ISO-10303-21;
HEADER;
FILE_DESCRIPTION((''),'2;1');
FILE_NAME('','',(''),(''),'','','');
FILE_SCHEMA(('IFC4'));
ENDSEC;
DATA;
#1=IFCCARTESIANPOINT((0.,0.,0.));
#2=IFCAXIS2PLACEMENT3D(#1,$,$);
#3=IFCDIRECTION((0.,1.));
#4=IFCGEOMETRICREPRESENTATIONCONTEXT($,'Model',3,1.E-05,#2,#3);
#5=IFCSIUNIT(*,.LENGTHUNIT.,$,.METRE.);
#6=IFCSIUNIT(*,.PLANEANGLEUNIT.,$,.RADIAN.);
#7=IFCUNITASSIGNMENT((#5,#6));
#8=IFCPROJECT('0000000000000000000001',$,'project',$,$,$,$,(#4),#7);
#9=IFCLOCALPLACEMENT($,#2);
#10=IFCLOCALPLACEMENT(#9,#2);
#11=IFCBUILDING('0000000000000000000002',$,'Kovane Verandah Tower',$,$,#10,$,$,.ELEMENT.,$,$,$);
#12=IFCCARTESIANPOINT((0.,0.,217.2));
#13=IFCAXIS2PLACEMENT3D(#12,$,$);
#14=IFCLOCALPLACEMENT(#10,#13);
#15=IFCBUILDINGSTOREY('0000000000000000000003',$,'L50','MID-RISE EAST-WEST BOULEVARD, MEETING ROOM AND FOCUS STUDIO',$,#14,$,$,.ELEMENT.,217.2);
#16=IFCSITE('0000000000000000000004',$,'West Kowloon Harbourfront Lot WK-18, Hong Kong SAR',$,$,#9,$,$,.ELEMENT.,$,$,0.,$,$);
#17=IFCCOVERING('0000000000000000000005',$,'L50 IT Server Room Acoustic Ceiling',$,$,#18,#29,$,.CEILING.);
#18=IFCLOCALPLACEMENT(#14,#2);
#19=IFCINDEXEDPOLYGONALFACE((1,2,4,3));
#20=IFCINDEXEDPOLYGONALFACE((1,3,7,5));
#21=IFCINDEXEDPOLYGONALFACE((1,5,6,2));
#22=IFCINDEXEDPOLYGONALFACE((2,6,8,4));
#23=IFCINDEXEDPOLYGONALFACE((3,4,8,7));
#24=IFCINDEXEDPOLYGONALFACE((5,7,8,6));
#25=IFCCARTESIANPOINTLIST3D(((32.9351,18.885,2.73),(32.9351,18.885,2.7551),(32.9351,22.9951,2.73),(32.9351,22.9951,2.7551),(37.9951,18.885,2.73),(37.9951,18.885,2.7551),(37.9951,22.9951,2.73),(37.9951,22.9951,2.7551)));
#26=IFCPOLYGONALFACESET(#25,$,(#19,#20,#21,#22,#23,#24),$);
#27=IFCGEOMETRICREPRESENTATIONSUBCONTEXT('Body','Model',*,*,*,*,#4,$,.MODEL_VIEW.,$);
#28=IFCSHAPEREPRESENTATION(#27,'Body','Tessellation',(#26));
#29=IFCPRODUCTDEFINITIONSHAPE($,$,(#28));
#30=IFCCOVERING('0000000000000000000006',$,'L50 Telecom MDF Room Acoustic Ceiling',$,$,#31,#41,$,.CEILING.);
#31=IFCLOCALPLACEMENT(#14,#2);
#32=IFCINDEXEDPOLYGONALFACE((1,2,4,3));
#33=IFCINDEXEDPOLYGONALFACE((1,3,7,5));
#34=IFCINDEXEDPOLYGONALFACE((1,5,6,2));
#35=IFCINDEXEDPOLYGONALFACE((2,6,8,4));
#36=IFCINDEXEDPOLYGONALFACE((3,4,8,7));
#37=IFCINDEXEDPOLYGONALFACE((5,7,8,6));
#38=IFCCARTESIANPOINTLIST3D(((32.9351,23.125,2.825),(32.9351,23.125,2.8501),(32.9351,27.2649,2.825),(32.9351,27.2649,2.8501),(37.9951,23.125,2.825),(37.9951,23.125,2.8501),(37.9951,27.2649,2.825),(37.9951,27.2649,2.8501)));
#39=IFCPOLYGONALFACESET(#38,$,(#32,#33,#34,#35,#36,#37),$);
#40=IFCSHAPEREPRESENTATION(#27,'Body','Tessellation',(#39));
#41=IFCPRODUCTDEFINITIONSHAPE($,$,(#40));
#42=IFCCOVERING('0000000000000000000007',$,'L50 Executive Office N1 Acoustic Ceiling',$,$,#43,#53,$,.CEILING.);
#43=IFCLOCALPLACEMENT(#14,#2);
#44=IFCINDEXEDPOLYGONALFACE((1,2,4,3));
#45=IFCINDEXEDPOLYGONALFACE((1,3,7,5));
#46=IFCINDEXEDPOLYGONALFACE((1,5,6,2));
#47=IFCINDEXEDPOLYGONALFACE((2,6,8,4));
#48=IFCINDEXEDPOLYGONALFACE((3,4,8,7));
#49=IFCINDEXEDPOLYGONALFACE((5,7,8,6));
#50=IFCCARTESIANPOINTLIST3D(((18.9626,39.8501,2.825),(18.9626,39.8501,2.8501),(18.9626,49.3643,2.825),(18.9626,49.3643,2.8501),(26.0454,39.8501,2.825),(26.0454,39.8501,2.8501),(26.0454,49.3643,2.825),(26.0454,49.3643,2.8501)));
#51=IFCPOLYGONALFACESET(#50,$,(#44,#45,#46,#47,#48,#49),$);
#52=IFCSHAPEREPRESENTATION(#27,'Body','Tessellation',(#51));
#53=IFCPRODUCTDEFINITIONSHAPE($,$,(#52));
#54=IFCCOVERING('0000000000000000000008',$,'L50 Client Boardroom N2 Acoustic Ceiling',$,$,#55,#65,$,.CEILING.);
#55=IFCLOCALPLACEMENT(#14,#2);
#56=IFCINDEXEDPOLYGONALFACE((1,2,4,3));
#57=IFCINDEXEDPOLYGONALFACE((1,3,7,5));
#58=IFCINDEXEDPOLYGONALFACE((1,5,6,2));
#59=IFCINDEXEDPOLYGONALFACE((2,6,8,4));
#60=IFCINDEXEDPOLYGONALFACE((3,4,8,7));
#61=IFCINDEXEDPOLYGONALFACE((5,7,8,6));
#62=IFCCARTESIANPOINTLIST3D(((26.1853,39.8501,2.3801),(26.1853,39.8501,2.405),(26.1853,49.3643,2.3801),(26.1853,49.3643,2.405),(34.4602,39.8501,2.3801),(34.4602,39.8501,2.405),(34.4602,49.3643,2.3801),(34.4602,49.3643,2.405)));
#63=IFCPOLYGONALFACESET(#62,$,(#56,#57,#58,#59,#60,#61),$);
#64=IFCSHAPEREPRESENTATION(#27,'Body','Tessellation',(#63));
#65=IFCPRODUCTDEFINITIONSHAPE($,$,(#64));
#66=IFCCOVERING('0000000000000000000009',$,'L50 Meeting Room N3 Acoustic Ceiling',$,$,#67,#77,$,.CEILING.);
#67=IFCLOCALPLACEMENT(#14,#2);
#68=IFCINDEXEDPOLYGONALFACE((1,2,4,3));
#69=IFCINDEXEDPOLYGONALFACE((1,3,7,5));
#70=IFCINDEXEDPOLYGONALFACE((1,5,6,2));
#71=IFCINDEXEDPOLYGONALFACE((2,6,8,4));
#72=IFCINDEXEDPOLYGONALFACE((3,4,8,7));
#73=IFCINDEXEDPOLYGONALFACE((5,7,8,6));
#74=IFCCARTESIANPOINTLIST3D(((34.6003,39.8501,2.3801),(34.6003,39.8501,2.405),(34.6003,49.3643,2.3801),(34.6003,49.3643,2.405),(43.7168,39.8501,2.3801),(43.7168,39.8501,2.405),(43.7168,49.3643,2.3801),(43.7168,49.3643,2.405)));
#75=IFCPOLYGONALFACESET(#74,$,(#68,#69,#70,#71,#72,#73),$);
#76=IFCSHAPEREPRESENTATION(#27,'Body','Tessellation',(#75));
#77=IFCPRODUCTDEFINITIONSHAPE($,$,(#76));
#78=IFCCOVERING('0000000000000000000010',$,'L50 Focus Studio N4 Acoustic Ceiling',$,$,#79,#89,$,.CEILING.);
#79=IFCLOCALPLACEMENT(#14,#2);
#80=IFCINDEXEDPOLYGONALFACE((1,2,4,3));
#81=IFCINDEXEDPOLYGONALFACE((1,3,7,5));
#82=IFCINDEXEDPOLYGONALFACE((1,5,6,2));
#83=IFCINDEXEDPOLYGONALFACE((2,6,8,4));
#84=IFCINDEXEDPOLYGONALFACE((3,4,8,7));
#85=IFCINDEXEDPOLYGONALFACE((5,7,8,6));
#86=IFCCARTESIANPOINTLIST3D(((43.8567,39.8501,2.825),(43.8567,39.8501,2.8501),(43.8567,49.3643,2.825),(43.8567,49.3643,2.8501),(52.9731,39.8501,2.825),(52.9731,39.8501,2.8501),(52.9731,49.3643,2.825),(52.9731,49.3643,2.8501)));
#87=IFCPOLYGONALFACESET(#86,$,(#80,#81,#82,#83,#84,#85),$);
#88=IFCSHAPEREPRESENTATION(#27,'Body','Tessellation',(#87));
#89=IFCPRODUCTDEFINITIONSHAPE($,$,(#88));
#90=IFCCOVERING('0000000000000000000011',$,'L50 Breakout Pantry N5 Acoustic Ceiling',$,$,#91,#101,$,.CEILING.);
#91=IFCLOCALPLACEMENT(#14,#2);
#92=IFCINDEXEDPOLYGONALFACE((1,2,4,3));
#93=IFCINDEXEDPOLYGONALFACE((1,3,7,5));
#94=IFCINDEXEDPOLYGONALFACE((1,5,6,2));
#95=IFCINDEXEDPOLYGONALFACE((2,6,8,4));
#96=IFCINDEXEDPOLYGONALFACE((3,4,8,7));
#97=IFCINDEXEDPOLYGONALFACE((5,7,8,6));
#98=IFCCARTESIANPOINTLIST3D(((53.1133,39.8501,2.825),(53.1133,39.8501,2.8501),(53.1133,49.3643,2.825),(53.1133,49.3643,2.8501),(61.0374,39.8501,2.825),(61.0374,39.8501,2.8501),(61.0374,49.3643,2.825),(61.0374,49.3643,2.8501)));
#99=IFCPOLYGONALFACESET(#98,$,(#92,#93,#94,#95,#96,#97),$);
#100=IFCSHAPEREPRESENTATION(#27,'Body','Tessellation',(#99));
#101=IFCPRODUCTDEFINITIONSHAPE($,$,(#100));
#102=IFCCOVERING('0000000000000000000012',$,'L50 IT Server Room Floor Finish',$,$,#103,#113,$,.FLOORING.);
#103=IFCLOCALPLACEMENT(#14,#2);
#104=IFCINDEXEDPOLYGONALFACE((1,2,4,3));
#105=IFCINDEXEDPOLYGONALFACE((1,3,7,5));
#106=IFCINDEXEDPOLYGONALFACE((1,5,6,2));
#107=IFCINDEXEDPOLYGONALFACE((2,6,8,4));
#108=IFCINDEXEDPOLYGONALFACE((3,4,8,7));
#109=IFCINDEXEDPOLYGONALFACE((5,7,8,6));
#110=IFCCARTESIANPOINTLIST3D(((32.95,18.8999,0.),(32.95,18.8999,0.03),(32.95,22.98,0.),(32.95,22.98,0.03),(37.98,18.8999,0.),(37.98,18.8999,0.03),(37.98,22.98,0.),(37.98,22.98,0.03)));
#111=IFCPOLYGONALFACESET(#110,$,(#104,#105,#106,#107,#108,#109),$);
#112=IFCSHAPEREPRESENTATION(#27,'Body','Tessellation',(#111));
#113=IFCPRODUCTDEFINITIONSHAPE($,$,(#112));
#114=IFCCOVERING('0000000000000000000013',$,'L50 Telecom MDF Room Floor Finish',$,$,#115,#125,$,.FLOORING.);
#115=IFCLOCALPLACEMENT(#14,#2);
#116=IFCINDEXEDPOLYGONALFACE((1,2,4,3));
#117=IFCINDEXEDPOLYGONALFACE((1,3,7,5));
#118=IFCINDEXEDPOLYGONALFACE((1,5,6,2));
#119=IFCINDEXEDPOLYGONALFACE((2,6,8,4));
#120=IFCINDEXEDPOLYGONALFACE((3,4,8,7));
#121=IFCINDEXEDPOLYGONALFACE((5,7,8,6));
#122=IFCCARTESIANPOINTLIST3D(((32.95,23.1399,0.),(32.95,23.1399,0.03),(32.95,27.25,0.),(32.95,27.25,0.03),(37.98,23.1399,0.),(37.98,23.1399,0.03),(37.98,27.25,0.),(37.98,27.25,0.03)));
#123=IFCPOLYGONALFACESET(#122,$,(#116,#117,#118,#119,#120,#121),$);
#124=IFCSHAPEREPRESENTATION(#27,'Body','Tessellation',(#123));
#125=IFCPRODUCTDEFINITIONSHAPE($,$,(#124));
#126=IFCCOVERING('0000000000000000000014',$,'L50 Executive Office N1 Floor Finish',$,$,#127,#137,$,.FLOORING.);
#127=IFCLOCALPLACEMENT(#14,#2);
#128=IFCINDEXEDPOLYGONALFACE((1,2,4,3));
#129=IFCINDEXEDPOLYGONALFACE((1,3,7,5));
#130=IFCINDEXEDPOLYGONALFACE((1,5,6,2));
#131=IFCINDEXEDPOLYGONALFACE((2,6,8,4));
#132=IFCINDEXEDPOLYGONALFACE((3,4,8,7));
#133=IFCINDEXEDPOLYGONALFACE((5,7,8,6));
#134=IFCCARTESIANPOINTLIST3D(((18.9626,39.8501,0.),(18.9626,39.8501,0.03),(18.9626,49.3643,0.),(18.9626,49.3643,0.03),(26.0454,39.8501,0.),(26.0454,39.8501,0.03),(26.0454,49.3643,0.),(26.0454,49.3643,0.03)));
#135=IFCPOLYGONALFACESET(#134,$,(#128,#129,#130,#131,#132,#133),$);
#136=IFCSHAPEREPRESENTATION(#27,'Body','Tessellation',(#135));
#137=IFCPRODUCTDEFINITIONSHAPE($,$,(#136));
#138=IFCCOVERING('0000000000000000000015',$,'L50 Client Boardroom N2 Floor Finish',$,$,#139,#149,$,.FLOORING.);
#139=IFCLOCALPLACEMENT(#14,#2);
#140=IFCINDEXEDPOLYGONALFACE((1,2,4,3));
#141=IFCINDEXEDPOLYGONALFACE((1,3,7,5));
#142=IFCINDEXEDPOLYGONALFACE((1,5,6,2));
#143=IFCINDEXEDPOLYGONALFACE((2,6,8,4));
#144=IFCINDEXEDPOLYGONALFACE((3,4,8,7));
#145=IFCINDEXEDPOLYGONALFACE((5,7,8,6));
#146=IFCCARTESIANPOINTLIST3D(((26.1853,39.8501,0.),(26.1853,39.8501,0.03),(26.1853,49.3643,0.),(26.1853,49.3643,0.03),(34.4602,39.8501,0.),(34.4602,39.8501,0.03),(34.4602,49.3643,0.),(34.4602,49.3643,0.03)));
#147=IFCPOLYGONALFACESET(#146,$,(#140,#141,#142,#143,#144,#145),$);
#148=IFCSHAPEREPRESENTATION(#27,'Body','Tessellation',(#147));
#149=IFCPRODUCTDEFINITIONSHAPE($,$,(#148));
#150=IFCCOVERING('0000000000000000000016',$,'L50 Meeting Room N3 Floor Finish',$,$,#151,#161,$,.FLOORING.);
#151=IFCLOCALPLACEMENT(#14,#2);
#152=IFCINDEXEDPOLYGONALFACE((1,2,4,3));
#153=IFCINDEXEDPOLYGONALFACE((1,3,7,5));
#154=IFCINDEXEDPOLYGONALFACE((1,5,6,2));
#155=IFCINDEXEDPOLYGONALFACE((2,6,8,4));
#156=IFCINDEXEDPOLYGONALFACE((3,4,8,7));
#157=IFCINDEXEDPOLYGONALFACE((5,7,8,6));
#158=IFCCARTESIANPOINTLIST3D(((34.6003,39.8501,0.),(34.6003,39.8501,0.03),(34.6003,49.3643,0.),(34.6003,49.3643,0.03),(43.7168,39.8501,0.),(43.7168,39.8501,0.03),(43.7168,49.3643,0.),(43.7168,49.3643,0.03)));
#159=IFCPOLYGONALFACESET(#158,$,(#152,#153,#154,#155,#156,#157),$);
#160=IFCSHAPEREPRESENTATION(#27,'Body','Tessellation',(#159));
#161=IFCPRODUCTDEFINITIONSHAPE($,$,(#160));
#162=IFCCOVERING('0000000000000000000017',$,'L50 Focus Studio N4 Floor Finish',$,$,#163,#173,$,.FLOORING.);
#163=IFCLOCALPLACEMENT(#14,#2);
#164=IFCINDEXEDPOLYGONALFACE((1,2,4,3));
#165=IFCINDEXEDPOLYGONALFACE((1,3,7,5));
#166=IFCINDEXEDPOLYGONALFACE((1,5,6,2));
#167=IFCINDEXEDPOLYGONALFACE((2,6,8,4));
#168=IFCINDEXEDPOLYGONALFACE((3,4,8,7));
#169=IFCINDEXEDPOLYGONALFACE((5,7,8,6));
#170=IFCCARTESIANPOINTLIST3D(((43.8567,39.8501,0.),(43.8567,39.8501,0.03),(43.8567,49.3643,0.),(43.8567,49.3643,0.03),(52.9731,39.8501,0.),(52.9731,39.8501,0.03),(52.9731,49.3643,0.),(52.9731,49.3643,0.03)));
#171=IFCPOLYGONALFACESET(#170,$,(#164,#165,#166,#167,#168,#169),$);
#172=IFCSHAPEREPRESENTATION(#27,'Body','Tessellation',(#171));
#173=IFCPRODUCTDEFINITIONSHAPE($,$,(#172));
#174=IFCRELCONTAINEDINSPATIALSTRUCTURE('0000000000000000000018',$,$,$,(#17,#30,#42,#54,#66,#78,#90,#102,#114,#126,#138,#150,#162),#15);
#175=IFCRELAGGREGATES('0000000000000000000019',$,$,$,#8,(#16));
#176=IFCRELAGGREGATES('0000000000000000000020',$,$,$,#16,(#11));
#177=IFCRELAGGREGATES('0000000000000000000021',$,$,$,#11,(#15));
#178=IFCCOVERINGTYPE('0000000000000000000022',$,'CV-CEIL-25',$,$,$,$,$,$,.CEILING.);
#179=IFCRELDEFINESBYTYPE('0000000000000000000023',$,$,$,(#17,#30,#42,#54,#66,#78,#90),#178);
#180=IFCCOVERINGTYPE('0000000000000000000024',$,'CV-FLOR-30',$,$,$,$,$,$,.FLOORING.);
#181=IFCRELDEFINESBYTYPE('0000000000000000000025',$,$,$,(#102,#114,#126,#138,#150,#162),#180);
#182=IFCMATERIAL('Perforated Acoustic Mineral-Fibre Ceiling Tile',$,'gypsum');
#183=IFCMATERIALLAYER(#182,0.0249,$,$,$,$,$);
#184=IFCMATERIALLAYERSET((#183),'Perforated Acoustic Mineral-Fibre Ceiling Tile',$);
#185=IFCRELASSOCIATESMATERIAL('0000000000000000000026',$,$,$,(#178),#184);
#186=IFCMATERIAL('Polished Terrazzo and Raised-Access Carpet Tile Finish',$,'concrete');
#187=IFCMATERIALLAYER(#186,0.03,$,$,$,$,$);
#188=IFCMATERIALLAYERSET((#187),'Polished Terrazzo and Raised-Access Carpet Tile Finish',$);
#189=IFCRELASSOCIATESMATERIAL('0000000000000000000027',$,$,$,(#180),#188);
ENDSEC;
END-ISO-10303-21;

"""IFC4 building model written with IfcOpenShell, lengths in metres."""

from ifc_helpers import new_model, si_unit, direction, frame, origin, place, context, subcontext, project, spatial, polyline, outline, extrude, material, layer, layer_set, type_object, element, save


model = new_model("IFC4")

# Units and contexts
model_context = context("Model", 3, precision=1e-05, world=origin(), true_north=direction((0.0, 1.0)))
body_context = subcontext(model_context, "Body", "Model", "MODEL_VIEW")
ifc_project = project(units=[si_unit("LENGTHUNIT", "METRE"), si_unit("PLANEANGLEUNIT", "RADIAN")], contexts=[model_context])

# Site, building, storey
site_placement = place(None, origin())
site = spatial("IfcSite", under=ifc_project, at=site_placement, Name="West Kowloon Harbourfront Lot WK-18, Hong Kong SAR", CompositionType="ELEMENT", RefElevation=0.0)
building_placement = place(site_placement, origin())
building = spatial("IfcBuilding", under=site, at=building_placement, Name="Kovane Verandah Tower", CompositionType="ELEMENT")
storey_placement = place(building_placement, frame((0.0, 0.0, 217.2)))
storey = spatial("IfcBuildingStorey", under=building, at=storey_placement, Name="L50", Description="MID-RISE EAST-WEST BOULEVARD, MEETING ROOM AND FOCUS STUDIO", CompositionType="ELEMENT", Elevation=217.2)

# Coverings
ifc_material_1 = material(Name="Perforated Acoustic Mineral-Fibre Ceiling Tile", Category="gypsum")
ifc_layer_1 = layer(ifc_material_1, 0.0249)
ifc_layer_set_1 = layer_set([ifc_layer_1], Name="Perforated Acoustic Mineral-Fibre Ceiling Tile")
covering_type_1 = type_object("IfcCoveringType", Name="CV-CEIL-25", PredefinedType="CEILING", material=ifc_layer_set_1)
covering_1_placement = place(storey_placement, frame((0.0, 0.0, 2.73)))
element("IfcCovering", 1, at=covering_1_placement, inside=storey, type_object=covering_type_1, Name="L50 IT Server Room Acoustic Ceiling", PredefinedType="CEILING", context=body_context, shape_type="SweptSolid", body=[
    extrude(outline(polyline([(32.9351, 18.885), (37.9951, 18.885), (37.9951, 22.9951), (32.9351, 22.9951), (32.9351, 18.885)])), origin(), (0.0, 0.0, 1.0), 0.0251),
])
covering_2_placement = place(storey_placement, frame((0.0, 0.0, 2.825)))
element("IfcCovering", 2, at=covering_2_placement, inside=storey, type_object=covering_type_1, Name="L50 Telecom MDF Room Acoustic Ceiling", PredefinedType="CEILING", context=body_context, shape_type="SweptSolid", body=[
    extrude(outline(polyline([(32.9351, 23.125), (37.9951, 23.125), (37.9951, 27.2649), (32.9351, 27.2649), (32.9351, 23.125)])), origin(), (0.0, 0.0, 1.0), 0.0251),
])
covering_3_placement = place(storey_placement, frame((0.0, 0.0, 2.825)))
element("IfcCovering", 3, at=covering_3_placement, inside=storey, type_object=covering_type_1, Name="L50 Executive Office N1 Acoustic Ceiling", PredefinedType="CEILING", context=body_context, shape_type="SweptSolid", body=[
    extrude(outline(polyline([(18.9626, 39.8501), (26.0454, 39.8501), (26.0454, 49.3643), (18.9626, 49.3643), (18.9626, 39.8501)])), origin(), (0.0, 0.0, 1.0), 0.0251),
])
covering_4_placement = place(storey_placement, frame((0.0, 0.0, 2.3801)))
element("IfcCovering", 4, at=covering_4_placement, inside=storey, type_object=covering_type_1, Name="L50 Client Boardroom N2 Acoustic Ceiling", PredefinedType="CEILING", context=body_context, shape_type="SweptSolid", body=[
    extrude(outline(polyline([(26.1853, 39.8501), (34.4602, 39.8501), (34.4602, 49.3643), (26.1853, 49.3643), (26.1853, 39.8501)])), origin(), (0.0, 0.0, 1.0), 0.0249),
])
covering_5_placement = place(storey_placement, frame((0.0, 0.0, 2.3801)))
element("IfcCovering", 5, at=covering_5_placement, inside=storey, type_object=covering_type_1, Name="L50 Meeting Room N3 Acoustic Ceiling", PredefinedType="CEILING", context=body_context, shape_type="SweptSolid", body=[
    extrude(outline(polyline([(34.6003, 39.8501), (43.7168, 39.8501), (43.7168, 49.3643), (34.6003, 49.3643), (34.6003, 39.8501)])), origin(), (0.0, 0.0, 1.0), 0.0249),
])
covering_6_placement = place(storey_placement, frame((0.0, 0.0, 2.825)))
element("IfcCovering", 6, at=covering_6_placement, inside=storey, type_object=covering_type_1, Name="L50 Focus Studio N4 Acoustic Ceiling", PredefinedType="CEILING", context=body_context, shape_type="SweptSolid", body=[
    extrude(outline(polyline([(43.8567, 39.8501), (52.9731, 39.8501), (52.9731, 49.3643), (43.8567, 49.3643), (43.8567, 39.8501)])), origin(), (0.0, 0.0, 1.0), 0.0251),
])
covering_7_placement = place(storey_placement, frame((0.0, 0.0, 2.825)))
element("IfcCovering", 7, at=covering_7_placement, inside=storey, type_object=covering_type_1, Name="L50 Breakout Pantry N5 Acoustic Ceiling", PredefinedType="CEILING", context=body_context, shape_type="SweptSolid", body=[
    extrude(outline(polyline([(53.1133, 39.8501), (61.0374, 39.8501), (61.0374, 49.3643), (53.1133, 49.3643), (53.1133, 39.8501)])), origin(), (0.0, 0.0, 1.0), 0.0251),
])
ifc_material_2 = material(Name="Polished Terrazzo and Raised-Access Carpet Tile Finish", Category="concrete")
ifc_layer_2 = layer(ifc_material_2, 0.03)
ifc_layer_set_2 = layer_set([ifc_layer_2], Name="Polished Terrazzo and Raised-Access Carpet Tile Finish")
covering_type_2 = type_object("IfcCoveringType", Name="CV-FLOR-30", PredefinedType="FLOORING", material=ifc_layer_set_2)
covering_8_placement = place(storey_placement, origin())
element("IfcCovering", 8, at=covering_8_placement, inside=storey, type_object=covering_type_2, Name="L50 IT Server Room Floor Finish", PredefinedType="FLOORING", context=body_context, shape_type="SweptSolid", body=[
    extrude(outline(polyline([(32.95, 18.8999), (37.98, 18.8999), (37.98, 22.98), (32.95, 22.98), (32.95, 18.8999)])), origin(), (0.0, 0.0, 1.0), 0.03),
])
covering_9_placement = place(storey_placement, origin())
element("IfcCovering", 9, at=covering_9_placement, inside=storey, type_object=covering_type_2, Name="L50 Telecom MDF Room Floor Finish", PredefinedType="FLOORING", context=body_context, shape_type="SweptSolid", body=[
    extrude(outline(polyline([(32.95, 23.1399), (37.98, 23.1399), (37.98, 27.25), (32.95, 27.25), (32.95, 23.1399)])), origin(), (0.0, 0.0, 1.0), 0.03),
])
covering_10_placement = place(storey_placement, origin())
element("IfcCovering", 10, at=covering_10_placement, inside=storey, type_object=covering_type_2, Name="L50 Executive Office N1 Floor Finish", PredefinedType="FLOORING", context=body_context, shape_type="SweptSolid", body=[
    extrude(outline(polyline([(18.9626, 39.8501), (26.0454, 39.8501), (26.0454, 49.3643), (18.9626, 49.3643), (18.9626, 39.8501)])), origin(), (0.0, 0.0, 1.0), 0.03),
])
covering_11_placement = place(storey_placement, origin())
element("IfcCovering", 11, at=covering_11_placement, inside=storey, type_object=covering_type_2, Name="L50 Client Boardroom N2 Floor Finish", PredefinedType="FLOORING", context=body_context, shape_type="SweptSolid", body=[
    extrude(outline(polyline([(26.1853, 39.8501), (34.4602, 39.8501), (34.4602, 49.3643), (26.1853, 49.3643), (26.1853, 39.8501)])), origin(), (0.0, 0.0, 1.0), 0.03),
])
covering_12_placement = place(storey_placement, origin())
element("IfcCovering", 12, at=covering_12_placement, inside=storey, type_object=covering_type_2, Name="L50 Meeting Room N3 Floor Finish", PredefinedType="FLOORING", context=body_context, shape_type="SweptSolid", body=[
    extrude(outline(polyline([(34.6003, 39.8501), (43.7168, 39.8501), (43.7168, 49.3643), (34.6003, 49.3643), (34.6003, 39.8501)])), origin(), (0.0, 0.0, 1.0), 0.03),
])
covering_13_placement = place(storey_placement, origin())
element("IfcCovering", 13, at=covering_13_placement, inside=storey, type_object=covering_type_2, Name="L50 Focus Studio N4 Floor Finish", PredefinedType="FLOORING", context=body_context, shape_type="SweptSolid", body=[
    extrude(outline(polyline([(43.8567, 39.8501), (52.9731, 39.8501), (52.9731, 49.3643), (43.8567, 49.3643), (43.8567, 39.8501)])), origin(), (0.0, 0.0, 1.0), 0.03),
])

save(model, "model.ifc")
